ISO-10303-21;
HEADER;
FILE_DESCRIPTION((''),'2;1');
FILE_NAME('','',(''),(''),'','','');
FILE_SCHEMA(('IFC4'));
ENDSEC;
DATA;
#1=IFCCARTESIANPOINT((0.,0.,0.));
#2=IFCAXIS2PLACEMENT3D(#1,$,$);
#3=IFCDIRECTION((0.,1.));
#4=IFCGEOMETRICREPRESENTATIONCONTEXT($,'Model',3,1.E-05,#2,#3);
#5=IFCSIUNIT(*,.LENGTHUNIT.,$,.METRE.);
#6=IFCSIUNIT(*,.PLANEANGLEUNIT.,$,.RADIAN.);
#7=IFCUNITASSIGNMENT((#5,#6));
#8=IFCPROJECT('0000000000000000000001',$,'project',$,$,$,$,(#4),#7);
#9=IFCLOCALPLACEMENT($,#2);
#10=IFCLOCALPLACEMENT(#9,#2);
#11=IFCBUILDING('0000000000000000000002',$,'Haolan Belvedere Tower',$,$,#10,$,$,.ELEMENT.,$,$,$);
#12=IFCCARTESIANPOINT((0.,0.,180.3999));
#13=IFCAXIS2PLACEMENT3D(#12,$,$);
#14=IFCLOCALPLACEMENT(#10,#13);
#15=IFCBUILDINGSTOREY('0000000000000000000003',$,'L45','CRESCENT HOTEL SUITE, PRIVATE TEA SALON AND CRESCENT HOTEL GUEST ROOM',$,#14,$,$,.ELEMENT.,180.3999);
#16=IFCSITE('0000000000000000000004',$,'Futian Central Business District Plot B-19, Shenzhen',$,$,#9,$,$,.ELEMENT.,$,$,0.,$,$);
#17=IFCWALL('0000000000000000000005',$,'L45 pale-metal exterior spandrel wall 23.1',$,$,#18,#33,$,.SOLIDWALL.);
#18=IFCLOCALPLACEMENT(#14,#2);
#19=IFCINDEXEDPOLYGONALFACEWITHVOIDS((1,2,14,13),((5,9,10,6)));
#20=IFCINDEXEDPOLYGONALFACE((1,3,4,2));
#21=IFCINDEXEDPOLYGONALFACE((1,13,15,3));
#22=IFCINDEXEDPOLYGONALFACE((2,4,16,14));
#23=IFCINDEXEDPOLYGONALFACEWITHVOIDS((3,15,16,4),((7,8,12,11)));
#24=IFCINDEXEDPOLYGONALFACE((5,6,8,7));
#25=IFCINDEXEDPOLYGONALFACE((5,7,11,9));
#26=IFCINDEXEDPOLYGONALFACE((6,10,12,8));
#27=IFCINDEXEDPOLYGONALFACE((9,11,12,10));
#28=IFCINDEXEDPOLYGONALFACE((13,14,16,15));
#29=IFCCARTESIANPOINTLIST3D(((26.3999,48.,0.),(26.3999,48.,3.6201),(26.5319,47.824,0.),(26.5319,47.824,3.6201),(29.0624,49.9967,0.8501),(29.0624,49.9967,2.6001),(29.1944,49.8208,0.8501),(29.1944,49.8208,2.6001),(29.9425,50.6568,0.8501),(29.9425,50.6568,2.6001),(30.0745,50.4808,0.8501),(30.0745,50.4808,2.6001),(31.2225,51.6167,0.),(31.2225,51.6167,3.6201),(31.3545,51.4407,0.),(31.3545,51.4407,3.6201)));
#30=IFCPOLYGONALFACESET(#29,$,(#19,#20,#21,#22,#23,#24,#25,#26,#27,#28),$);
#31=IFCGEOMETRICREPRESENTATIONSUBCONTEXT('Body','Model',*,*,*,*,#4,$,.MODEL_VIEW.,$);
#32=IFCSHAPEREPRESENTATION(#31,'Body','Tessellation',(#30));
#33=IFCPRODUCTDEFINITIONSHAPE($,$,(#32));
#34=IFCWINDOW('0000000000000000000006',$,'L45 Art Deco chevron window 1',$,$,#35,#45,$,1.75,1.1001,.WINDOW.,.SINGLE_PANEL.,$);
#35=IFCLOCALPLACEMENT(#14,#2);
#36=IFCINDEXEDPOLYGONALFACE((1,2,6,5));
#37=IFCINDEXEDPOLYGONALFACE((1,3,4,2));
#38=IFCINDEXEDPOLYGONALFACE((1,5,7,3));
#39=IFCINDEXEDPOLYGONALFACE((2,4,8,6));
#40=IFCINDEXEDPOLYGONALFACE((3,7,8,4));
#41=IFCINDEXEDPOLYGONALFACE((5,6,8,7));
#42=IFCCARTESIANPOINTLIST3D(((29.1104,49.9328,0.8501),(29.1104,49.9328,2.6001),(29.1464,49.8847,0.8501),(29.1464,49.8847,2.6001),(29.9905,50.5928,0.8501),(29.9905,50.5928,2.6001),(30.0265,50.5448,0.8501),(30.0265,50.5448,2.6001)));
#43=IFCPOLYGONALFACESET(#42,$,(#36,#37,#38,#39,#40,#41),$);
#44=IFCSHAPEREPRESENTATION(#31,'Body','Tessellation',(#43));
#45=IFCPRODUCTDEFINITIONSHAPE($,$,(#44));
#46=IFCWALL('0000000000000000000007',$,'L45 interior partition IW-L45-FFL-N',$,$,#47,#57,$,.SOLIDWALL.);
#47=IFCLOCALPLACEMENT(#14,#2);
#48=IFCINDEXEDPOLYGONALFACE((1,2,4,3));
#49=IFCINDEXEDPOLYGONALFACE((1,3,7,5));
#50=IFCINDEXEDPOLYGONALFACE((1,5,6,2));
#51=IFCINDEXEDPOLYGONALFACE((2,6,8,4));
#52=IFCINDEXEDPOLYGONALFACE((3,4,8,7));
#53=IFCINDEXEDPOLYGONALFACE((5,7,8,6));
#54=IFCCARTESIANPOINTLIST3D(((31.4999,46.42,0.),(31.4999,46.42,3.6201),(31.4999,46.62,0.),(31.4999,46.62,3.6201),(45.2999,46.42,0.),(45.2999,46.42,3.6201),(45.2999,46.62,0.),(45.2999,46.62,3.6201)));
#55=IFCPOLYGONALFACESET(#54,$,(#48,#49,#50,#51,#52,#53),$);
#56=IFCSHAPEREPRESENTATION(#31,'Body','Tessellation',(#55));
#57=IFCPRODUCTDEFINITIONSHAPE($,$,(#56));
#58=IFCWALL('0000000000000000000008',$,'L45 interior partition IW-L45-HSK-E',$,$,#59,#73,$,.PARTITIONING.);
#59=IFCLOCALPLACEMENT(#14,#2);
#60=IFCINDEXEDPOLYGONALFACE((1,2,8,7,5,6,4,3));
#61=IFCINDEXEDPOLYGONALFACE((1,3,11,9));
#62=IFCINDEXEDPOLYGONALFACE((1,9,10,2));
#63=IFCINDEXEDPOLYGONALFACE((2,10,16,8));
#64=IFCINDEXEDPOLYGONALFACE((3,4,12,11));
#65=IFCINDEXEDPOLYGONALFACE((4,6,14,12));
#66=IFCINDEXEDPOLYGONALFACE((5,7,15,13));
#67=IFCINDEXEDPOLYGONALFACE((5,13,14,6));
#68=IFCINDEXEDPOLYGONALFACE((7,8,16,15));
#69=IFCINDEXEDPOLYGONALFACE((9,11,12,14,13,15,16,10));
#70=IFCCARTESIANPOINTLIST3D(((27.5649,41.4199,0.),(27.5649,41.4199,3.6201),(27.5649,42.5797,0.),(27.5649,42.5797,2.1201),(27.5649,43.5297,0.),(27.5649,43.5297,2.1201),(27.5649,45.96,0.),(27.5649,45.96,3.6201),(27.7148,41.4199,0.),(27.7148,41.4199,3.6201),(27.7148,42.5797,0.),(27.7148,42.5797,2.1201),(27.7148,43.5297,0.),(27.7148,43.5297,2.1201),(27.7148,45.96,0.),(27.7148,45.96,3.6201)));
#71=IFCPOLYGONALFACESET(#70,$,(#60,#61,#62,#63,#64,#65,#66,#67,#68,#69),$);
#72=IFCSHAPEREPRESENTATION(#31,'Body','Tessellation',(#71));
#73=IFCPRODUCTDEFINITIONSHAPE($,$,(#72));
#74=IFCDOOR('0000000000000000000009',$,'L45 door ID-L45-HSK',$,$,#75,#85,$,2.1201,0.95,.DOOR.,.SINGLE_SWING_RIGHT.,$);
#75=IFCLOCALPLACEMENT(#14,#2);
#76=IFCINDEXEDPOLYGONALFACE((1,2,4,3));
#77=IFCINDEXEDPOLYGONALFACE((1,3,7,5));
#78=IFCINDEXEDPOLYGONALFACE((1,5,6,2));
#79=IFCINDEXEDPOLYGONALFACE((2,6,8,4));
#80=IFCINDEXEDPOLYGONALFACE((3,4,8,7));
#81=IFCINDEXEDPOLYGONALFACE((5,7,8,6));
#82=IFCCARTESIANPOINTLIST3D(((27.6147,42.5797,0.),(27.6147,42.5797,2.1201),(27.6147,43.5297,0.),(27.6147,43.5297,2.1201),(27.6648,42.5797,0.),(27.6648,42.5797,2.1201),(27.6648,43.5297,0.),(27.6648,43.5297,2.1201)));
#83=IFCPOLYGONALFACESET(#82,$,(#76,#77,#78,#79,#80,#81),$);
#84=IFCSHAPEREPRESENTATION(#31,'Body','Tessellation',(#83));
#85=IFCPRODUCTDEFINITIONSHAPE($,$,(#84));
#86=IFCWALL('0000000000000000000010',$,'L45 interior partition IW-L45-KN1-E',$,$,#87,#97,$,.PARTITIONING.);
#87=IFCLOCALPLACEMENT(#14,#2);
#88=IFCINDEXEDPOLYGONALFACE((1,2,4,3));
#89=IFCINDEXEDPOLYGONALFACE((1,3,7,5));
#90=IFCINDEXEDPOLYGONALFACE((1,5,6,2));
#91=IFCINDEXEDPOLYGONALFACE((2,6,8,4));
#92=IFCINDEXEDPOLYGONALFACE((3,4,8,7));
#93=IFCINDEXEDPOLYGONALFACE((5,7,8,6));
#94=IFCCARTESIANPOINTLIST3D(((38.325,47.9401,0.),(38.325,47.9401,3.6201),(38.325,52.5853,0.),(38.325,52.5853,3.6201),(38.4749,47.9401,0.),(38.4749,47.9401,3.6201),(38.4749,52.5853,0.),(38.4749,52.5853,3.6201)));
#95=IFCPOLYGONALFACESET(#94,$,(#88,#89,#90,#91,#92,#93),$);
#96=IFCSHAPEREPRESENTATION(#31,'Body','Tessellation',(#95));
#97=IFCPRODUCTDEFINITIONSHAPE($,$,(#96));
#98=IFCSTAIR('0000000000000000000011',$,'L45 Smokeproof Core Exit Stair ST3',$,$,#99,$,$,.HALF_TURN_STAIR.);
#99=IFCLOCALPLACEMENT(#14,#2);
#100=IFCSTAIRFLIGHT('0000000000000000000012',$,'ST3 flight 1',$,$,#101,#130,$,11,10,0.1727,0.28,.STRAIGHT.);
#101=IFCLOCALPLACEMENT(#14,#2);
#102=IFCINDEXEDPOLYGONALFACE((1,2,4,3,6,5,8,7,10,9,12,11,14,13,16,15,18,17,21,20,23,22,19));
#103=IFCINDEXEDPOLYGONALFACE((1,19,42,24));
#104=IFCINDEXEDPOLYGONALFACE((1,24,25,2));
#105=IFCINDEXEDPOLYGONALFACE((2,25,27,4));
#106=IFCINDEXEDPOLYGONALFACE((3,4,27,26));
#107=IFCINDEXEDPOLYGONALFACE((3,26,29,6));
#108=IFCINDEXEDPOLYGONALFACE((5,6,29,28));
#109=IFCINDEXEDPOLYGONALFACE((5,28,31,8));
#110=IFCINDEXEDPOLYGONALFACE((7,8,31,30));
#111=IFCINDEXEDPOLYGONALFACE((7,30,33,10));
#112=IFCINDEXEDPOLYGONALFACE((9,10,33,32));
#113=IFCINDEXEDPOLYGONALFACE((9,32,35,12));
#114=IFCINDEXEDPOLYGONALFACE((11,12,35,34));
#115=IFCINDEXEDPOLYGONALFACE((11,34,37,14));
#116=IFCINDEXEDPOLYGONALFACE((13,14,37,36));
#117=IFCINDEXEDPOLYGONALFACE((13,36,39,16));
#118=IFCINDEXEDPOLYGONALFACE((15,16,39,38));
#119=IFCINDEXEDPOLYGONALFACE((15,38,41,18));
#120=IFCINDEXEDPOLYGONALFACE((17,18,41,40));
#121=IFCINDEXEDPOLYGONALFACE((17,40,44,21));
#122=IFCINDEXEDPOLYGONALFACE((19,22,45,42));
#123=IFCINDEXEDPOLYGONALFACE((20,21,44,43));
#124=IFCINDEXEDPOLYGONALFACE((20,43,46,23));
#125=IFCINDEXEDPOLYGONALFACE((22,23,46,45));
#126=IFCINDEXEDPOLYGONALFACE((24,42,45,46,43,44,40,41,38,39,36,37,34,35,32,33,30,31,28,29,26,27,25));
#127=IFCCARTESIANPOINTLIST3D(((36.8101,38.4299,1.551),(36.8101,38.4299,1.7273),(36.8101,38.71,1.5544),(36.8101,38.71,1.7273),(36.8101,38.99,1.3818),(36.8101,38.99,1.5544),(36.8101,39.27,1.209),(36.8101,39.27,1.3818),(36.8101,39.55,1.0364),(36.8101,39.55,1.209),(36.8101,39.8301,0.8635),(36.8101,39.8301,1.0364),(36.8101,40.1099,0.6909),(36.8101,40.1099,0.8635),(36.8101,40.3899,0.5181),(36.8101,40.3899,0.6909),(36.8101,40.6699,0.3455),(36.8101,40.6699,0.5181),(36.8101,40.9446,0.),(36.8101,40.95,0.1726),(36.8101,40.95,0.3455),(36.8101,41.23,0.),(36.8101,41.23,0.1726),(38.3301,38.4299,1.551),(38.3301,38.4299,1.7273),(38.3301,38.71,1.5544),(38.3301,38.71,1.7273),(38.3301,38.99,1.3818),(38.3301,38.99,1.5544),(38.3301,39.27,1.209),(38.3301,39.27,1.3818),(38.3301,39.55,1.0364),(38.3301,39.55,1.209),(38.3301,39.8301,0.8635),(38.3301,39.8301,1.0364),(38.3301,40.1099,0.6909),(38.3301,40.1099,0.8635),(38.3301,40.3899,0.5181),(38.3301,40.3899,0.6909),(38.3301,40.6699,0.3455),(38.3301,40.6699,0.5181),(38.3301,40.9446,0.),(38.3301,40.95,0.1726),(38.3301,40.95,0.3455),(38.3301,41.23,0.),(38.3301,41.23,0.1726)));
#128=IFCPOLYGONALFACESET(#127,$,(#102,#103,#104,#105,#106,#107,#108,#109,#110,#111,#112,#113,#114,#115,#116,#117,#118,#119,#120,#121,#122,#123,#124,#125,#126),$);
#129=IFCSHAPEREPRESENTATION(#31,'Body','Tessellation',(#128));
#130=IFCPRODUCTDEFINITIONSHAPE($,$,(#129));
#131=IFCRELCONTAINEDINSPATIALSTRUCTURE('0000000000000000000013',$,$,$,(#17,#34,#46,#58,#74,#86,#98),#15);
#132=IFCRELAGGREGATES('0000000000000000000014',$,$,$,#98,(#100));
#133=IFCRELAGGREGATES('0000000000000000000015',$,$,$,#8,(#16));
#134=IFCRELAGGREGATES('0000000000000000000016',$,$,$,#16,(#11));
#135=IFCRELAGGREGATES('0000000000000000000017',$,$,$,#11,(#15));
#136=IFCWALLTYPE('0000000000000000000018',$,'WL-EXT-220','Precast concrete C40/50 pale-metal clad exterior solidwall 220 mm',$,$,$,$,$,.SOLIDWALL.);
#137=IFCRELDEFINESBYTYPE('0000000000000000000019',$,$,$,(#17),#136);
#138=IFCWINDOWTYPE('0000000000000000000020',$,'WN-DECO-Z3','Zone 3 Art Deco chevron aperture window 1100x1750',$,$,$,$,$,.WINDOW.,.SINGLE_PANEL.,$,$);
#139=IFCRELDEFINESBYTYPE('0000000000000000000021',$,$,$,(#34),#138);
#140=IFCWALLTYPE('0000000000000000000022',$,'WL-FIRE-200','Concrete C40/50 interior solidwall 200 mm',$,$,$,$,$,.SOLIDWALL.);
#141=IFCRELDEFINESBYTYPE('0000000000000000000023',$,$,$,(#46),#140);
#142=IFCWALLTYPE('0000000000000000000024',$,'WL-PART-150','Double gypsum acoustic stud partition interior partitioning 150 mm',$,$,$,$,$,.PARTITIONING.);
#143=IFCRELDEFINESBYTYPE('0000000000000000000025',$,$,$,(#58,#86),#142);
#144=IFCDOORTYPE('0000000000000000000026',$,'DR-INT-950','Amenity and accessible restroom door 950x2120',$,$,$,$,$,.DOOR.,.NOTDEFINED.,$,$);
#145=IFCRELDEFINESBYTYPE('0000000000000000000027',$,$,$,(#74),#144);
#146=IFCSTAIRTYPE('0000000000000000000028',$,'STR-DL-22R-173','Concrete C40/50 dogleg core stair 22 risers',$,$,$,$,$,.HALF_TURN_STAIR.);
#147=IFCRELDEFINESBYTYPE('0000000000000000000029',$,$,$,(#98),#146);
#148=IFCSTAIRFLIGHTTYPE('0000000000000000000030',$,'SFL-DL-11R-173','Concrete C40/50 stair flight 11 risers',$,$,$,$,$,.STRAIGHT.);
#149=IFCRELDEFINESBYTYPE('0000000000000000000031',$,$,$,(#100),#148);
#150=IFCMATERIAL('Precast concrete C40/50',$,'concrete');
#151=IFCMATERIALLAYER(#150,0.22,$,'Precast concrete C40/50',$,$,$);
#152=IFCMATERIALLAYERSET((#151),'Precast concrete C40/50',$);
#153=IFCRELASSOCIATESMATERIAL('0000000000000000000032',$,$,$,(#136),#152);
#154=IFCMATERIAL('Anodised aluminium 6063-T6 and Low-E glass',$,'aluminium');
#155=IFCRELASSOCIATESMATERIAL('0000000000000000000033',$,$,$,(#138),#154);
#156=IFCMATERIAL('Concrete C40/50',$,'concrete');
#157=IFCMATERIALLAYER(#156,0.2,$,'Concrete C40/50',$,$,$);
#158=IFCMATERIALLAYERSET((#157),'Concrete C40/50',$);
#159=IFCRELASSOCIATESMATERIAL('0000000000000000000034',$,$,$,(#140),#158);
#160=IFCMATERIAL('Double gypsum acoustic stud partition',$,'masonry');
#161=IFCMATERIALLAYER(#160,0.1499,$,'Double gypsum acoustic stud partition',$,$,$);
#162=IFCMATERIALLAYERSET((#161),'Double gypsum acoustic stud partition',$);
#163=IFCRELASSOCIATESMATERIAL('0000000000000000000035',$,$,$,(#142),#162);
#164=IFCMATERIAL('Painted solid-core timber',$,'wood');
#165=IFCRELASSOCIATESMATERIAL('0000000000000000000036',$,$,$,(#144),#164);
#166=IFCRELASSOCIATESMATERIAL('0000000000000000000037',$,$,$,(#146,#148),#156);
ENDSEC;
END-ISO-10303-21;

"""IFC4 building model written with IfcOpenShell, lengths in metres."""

from ifc_helpers import new_model, si_unit, direction, frame, frame_2d, origin, place, context, subcontext, project, spatial, polyline, rectangle, outline, extrude, material, layer, layer_set, type_object, element, fill, aggregate, save


model = new_model("IFC4")

# Units and contexts
model_context = context("Model", 3, precision=1e-05, world=origin(), true_north=direction((0.0, 1.0)))
body_context = subcontext(model_context, "Body", "Model", "MODEL_VIEW")
ifc_project = project(units=[si_unit("LENGTHUNIT", "METRE"), si_unit("PLANEANGLEUNIT", "RADIAN")], contexts=[model_context])

# Site, building, storey
site_placement = place(None, origin())
site = spatial("IfcSite", under=ifc_project, at=site_placement, Name="Futian Central Business District Plot B-19, Shenzhen", CompositionType="ELEMENT", RefElevation=0.0)
building_placement = place(site_placement, origin())
building = spatial("IfcBuilding", under=site, at=building_placement, Name="Haolan Belvedere Tower", CompositionType="ELEMENT")
storey_placement = place(building_placement, frame((0.0, 0.0, 180.3999)))
storey = spatial("IfcBuildingStorey", under=building, at=storey_placement, Name="L45", Description="CRESCENT HOTEL SUITE, PRIVATE TEA SALON AND CRESCENT HOTEL GUEST ROOM", CompositionType="ELEMENT", Elevation=180.3999)

# Wall, opening, window
ifc_material_1 = material(Name="Precast concrete C40/50", Category="concrete")
ifc_layer_1 = layer(ifc_material_1, 0.22, Name="Precast concrete C40/50")
ifc_layer_set_1 = layer_set([ifc_layer_1], Name="Precast concrete C40/50")
wall_type_1 = type_object("IfcWallType", Name="WL-EXT-220", Description="Precast concrete C40/50 pale-metal clad exterior solidwall 220 mm", PredefinedType="SOLIDWALL", material=ifc_layer_set_1)
wall_1_placement = place(storey_placement, frame((31.2886, 51.5288, 0.0), z_axis=(0.0, 0.0, 1.0), x_axis=(-0.800015, -0.599981, 0.0)))
wall_1 = element("IfcWall", 1, at=wall_1_placement, inside=storey, type_object=wall_type_1, Name="L45 pale-metal exterior spandrel wall 23.1", PredefinedType="SOLIDWALL", context=body_context, shape_type="SweptSolid", body=[
    extrude(rectangle(XDim=6.0281, YDim=0.22, at=frame_2d((3.0142, 0.0))), origin(), (0.0, 0.0, 1.0), 3.6201),
])
opening_1_placement = place(wall_1_placement, frame((1.6001, 0.0, 0.8501)))
opening_1 = element("IfcOpeningElement", 2, at=opening_1_placement, cuts=wall_1, PredefinedType="OPENING", context=body_context, shape_type="SweptSolid", body=[
    extrude(rectangle(XDim=1.1001, YDim=1.75, at=frame_2d((0.55, 0.875))), frame((0.0, 0.1199, 0.0), z_axis=(0.0, -1.0, 0.0), x_axis=(1.0, 0.0, 0.0)), (0.0, 0.0, 1.0), 0.24),
])
ifc_material_2 = material(Name="Anodised aluminium 6063-T6 and Low-E glass", Category="aluminium")
window_type = type_object("IfcWindowType", Name="WN-DECO-Z3", Description="Zone 3 Art Deco chevron aperture window 1100x1750", PartitioningType="SINGLE_PANEL", PredefinedType="WINDOW", material=ifc_material_2)
window_placement = place(opening_1_placement, origin())
window = element("IfcWindow", 3, at=window_placement, inside=storey, type_object=window_type, Name="L45 Art Deco chevron window 1", OverallHeight=1.75, OverallWidth=1.1001, PartitioningType="SINGLE_PANEL", PredefinedType="WINDOW", context=body_context, shape_type="SweptSolid", body=[
    extrude(rectangle(XDim=1.1001, YDim=1.75, at=frame_2d((0.55, 0.875))), frame((0.0, 0.03, 0.0), z_axis=(0.0, -1.0, 0.0), x_axis=(1.0, 0.0, 0.0)), (0.0, 0.0, 1.0), 0.0601),
])
fill(opening_1, window)

# Wall
ifc_material_3 = material(Name="Concrete C40/50", Category="concrete")
ifc_layer_2 = layer(ifc_material_3, 0.2, Name="Concrete C40/50")
ifc_layer_set_2 = layer_set([ifc_layer_2], Name="Concrete C40/50")
wall_type_2 = type_object("IfcWallType", Name="WL-FIRE-200", Description="Concrete C40/50 interior solidwall 200 mm", PredefinedType="SOLIDWALL", material=ifc_layer_set_2)
wall_2_placement = place(storey_placement, frame((31.5, 46.52, 0.0), z_axis=(0.0, 0.0, 1.0), x_axis=(1.0, 0.0, 0.0)))
element("IfcWall", 4, at=wall_2_placement, inside=storey, type_object=wall_type_2, Name="L45 interior partition IW-L45-FFL-N", PredefinedType="SOLIDWALL", context=body_context, shape_type="SweptSolid", body=[
    extrude(rectangle(XDim=13.8, YDim=0.2, at=frame_2d((6.8999, 0.0))), origin(), (0.0, 0.0, 1.0), 3.6201),
])

# Wall, opening, door
ifc_material_4 = material(Name="Double gypsum acoustic stud partition", Category="masonry")
ifc_layer_3 = layer(ifc_material_4, 0.1499, Name="Double gypsum acoustic stud partition")
ifc_layer_set_3 = layer_set([ifc_layer_3], Name="Double gypsum acoustic stud partition")
wall_type_3 = type_object("IfcWallType", Name="WL-PART-150", Description="Double gypsum acoustic stud partition interior partitioning 150 mm", PredefinedType="PARTITIONING", material=ifc_layer_set_3)
wall_3_placement = place(storey_placement, frame((27.6399, 41.4199, 0.0), z_axis=(0.0, 0.0, 1.0), x_axis=(0.0, 1.0, 0.0)))
wall_3 = element("IfcWall", 5, at=wall_3_placement, inside=storey, type_object=wall_type_3, Name="L45 interior partition IW-L45-HSK-E", PredefinedType="PARTITIONING", context=body_context, shape_type="SweptSolid", body=[
    extrude(rectangle(XDim=4.54, YDim=0.1499, at=frame_2d((2.27, 0.0))), origin(), (0.0, 0.0, 1.0), 3.6201),
])
opening_2_placement = place(wall_3_placement, frame((2.1099, 0.0, 0.0), z_axis=(0.0, 0.0, 1.0), x_axis=(-1.0, 0.0, 0.0)))
opening_2 = element("IfcOpeningElement", 6, at=opening_2_placement, cuts=wall_3, PredefinedType="OPENING", context=body_context, shape_type="SweptSolid", body=[
    extrude(rectangle(XDim=0.95, YDim=2.1201, at=frame_2d((0.4751, 1.0601))), frame((0.0, 0.085, 0.0), z_axis=(0.0, -1.0, 0.0), x_axis=(1.0, 0.0, 0.0)), (0.0, 0.0, 1.0), 0.1699),
])
ifc_material_5 = material(Name="Painted solid-core timber", Category="wood")
door_type_1 = type_object("IfcDoorType", Name="DR-INT-950", Description="Amenity and accessible restroom door 950x2120", OperationType="NOTDEFINED", PredefinedType="DOOR", material=ifc_material_5)
door_1_placement = place(opening_2_placement, origin())
door_1 = element("IfcDoor", 7, at=door_1_placement, inside=storey, type_object=door_type_1, Name="L45 door ID-L45-HSK", OperationType="SINGLE_SWING_RIGHT", OverallHeight=2.1201, OverallWidth=0.95, PredefinedType="DOOR", context=body_context, shape_type="SweptSolid", body=[
    extrude(rectangle(XDim=0.95, YDim=2.1201, at=frame_2d((0.4751, 1.0601))), frame((0.0, 0.0249, 0.0), z_axis=(0.0, -1.0, 0.0), x_axis=(1.0, 0.0, 0.0)), (0.0, 0.0, 1.0), 0.05),
])
fill(opening_2, door_1)

# Wall
wall_4_placement = place(storey_placement, frame((38.3999, 47.9399, 0.0), z_axis=(0.0, 0.0, 1.0), x_axis=(0.0, 1.0, 0.0)))
element("IfcWall", 8, at=wall_4_placement, inside=storey, type_object=wall_type_3, Name="L45 interior partition IW-L45-KN1-E", PredefinedType="PARTITIONING", context=body_context, shape_type="SweptSolid", body=[
    extrude(rectangle(XDim=4.6453, YDim=0.1499, at=frame_2d((2.3228, 0.0))), origin(), (0.0, 0.0, 1.0), 3.6201),
])

# Stair, stair flight
stair_type = type_object("IfcStairType", Name="STR-DL-22R-173", Description="Concrete C40/50 dogleg core stair 22 risers", PredefinedType="HALF_TURN_STAIR", material=ifc_material_3)
stair_placement = place(storey_placement, origin())
stair = element("IfcStair", 9, at=stair_placement, inside=storey, type_object=stair_type, Name="L45 Smokeproof Core Exit Stair ST3", PredefinedType="HALF_TURN_STAIR")
stair_flight_type = type_object("IfcStairFlightType", Name="SFL-DL-11R-173", Description="Concrete C40/50 stair flight 11 risers", PredefinedType="STRAIGHT", material=ifc_material_3)
stair_flight_placement = place(storey_placement, frame((37.5701, 41.23, 0.0), z_axis=(0.0, 0.0, 1.0), x_axis=(0.0, -1.0, 0.0)))
stair_flight = element("IfcStairFlight", 10, at=stair_flight_placement, type_object=stair_flight_type, Name="ST3 flight 1", NumberOfRisers=11, NumberOfTreads=10, PredefinedType="STRAIGHT", RiserHeight=0.1727, TreadLength=0.28, context=body_context, shape_type="SweptSolid", body=[
    extrude(outline(polyline([(0.0, 0.0), (0.0, 0.1726), (0.28, 0.1726), (0.28, 0.3455), (0.5601, 0.3455), (0.5601, 0.5181), (0.8401, 0.5181), (0.8401, 0.6909), (1.1201, 0.6909), (1.1201, 0.8635), (1.3999, 0.8635), (1.3999, 1.0364), (1.6799, 1.0364), (1.6799, 1.209), (1.96, 1.209), (1.96, 1.3818), (2.24, 1.3818), (2.24, 1.5544), (2.52, 1.5544), (2.52, 1.7273), (2.8, 1.7273), (2.8, 1.8999), (2.8, 1.551), (0.2854, 0.0), (0.0, 0.0)])), frame((0.0, 0.76, 0.0), z_axis=(0.0, -1.0, 0.0), x_axis=(1.0, 0.0, 0.0)), (0.0, 0.0, 1.0), 1.52),
])
aggregate(stair, [stair_flight])

save(model, "model.ifc")
